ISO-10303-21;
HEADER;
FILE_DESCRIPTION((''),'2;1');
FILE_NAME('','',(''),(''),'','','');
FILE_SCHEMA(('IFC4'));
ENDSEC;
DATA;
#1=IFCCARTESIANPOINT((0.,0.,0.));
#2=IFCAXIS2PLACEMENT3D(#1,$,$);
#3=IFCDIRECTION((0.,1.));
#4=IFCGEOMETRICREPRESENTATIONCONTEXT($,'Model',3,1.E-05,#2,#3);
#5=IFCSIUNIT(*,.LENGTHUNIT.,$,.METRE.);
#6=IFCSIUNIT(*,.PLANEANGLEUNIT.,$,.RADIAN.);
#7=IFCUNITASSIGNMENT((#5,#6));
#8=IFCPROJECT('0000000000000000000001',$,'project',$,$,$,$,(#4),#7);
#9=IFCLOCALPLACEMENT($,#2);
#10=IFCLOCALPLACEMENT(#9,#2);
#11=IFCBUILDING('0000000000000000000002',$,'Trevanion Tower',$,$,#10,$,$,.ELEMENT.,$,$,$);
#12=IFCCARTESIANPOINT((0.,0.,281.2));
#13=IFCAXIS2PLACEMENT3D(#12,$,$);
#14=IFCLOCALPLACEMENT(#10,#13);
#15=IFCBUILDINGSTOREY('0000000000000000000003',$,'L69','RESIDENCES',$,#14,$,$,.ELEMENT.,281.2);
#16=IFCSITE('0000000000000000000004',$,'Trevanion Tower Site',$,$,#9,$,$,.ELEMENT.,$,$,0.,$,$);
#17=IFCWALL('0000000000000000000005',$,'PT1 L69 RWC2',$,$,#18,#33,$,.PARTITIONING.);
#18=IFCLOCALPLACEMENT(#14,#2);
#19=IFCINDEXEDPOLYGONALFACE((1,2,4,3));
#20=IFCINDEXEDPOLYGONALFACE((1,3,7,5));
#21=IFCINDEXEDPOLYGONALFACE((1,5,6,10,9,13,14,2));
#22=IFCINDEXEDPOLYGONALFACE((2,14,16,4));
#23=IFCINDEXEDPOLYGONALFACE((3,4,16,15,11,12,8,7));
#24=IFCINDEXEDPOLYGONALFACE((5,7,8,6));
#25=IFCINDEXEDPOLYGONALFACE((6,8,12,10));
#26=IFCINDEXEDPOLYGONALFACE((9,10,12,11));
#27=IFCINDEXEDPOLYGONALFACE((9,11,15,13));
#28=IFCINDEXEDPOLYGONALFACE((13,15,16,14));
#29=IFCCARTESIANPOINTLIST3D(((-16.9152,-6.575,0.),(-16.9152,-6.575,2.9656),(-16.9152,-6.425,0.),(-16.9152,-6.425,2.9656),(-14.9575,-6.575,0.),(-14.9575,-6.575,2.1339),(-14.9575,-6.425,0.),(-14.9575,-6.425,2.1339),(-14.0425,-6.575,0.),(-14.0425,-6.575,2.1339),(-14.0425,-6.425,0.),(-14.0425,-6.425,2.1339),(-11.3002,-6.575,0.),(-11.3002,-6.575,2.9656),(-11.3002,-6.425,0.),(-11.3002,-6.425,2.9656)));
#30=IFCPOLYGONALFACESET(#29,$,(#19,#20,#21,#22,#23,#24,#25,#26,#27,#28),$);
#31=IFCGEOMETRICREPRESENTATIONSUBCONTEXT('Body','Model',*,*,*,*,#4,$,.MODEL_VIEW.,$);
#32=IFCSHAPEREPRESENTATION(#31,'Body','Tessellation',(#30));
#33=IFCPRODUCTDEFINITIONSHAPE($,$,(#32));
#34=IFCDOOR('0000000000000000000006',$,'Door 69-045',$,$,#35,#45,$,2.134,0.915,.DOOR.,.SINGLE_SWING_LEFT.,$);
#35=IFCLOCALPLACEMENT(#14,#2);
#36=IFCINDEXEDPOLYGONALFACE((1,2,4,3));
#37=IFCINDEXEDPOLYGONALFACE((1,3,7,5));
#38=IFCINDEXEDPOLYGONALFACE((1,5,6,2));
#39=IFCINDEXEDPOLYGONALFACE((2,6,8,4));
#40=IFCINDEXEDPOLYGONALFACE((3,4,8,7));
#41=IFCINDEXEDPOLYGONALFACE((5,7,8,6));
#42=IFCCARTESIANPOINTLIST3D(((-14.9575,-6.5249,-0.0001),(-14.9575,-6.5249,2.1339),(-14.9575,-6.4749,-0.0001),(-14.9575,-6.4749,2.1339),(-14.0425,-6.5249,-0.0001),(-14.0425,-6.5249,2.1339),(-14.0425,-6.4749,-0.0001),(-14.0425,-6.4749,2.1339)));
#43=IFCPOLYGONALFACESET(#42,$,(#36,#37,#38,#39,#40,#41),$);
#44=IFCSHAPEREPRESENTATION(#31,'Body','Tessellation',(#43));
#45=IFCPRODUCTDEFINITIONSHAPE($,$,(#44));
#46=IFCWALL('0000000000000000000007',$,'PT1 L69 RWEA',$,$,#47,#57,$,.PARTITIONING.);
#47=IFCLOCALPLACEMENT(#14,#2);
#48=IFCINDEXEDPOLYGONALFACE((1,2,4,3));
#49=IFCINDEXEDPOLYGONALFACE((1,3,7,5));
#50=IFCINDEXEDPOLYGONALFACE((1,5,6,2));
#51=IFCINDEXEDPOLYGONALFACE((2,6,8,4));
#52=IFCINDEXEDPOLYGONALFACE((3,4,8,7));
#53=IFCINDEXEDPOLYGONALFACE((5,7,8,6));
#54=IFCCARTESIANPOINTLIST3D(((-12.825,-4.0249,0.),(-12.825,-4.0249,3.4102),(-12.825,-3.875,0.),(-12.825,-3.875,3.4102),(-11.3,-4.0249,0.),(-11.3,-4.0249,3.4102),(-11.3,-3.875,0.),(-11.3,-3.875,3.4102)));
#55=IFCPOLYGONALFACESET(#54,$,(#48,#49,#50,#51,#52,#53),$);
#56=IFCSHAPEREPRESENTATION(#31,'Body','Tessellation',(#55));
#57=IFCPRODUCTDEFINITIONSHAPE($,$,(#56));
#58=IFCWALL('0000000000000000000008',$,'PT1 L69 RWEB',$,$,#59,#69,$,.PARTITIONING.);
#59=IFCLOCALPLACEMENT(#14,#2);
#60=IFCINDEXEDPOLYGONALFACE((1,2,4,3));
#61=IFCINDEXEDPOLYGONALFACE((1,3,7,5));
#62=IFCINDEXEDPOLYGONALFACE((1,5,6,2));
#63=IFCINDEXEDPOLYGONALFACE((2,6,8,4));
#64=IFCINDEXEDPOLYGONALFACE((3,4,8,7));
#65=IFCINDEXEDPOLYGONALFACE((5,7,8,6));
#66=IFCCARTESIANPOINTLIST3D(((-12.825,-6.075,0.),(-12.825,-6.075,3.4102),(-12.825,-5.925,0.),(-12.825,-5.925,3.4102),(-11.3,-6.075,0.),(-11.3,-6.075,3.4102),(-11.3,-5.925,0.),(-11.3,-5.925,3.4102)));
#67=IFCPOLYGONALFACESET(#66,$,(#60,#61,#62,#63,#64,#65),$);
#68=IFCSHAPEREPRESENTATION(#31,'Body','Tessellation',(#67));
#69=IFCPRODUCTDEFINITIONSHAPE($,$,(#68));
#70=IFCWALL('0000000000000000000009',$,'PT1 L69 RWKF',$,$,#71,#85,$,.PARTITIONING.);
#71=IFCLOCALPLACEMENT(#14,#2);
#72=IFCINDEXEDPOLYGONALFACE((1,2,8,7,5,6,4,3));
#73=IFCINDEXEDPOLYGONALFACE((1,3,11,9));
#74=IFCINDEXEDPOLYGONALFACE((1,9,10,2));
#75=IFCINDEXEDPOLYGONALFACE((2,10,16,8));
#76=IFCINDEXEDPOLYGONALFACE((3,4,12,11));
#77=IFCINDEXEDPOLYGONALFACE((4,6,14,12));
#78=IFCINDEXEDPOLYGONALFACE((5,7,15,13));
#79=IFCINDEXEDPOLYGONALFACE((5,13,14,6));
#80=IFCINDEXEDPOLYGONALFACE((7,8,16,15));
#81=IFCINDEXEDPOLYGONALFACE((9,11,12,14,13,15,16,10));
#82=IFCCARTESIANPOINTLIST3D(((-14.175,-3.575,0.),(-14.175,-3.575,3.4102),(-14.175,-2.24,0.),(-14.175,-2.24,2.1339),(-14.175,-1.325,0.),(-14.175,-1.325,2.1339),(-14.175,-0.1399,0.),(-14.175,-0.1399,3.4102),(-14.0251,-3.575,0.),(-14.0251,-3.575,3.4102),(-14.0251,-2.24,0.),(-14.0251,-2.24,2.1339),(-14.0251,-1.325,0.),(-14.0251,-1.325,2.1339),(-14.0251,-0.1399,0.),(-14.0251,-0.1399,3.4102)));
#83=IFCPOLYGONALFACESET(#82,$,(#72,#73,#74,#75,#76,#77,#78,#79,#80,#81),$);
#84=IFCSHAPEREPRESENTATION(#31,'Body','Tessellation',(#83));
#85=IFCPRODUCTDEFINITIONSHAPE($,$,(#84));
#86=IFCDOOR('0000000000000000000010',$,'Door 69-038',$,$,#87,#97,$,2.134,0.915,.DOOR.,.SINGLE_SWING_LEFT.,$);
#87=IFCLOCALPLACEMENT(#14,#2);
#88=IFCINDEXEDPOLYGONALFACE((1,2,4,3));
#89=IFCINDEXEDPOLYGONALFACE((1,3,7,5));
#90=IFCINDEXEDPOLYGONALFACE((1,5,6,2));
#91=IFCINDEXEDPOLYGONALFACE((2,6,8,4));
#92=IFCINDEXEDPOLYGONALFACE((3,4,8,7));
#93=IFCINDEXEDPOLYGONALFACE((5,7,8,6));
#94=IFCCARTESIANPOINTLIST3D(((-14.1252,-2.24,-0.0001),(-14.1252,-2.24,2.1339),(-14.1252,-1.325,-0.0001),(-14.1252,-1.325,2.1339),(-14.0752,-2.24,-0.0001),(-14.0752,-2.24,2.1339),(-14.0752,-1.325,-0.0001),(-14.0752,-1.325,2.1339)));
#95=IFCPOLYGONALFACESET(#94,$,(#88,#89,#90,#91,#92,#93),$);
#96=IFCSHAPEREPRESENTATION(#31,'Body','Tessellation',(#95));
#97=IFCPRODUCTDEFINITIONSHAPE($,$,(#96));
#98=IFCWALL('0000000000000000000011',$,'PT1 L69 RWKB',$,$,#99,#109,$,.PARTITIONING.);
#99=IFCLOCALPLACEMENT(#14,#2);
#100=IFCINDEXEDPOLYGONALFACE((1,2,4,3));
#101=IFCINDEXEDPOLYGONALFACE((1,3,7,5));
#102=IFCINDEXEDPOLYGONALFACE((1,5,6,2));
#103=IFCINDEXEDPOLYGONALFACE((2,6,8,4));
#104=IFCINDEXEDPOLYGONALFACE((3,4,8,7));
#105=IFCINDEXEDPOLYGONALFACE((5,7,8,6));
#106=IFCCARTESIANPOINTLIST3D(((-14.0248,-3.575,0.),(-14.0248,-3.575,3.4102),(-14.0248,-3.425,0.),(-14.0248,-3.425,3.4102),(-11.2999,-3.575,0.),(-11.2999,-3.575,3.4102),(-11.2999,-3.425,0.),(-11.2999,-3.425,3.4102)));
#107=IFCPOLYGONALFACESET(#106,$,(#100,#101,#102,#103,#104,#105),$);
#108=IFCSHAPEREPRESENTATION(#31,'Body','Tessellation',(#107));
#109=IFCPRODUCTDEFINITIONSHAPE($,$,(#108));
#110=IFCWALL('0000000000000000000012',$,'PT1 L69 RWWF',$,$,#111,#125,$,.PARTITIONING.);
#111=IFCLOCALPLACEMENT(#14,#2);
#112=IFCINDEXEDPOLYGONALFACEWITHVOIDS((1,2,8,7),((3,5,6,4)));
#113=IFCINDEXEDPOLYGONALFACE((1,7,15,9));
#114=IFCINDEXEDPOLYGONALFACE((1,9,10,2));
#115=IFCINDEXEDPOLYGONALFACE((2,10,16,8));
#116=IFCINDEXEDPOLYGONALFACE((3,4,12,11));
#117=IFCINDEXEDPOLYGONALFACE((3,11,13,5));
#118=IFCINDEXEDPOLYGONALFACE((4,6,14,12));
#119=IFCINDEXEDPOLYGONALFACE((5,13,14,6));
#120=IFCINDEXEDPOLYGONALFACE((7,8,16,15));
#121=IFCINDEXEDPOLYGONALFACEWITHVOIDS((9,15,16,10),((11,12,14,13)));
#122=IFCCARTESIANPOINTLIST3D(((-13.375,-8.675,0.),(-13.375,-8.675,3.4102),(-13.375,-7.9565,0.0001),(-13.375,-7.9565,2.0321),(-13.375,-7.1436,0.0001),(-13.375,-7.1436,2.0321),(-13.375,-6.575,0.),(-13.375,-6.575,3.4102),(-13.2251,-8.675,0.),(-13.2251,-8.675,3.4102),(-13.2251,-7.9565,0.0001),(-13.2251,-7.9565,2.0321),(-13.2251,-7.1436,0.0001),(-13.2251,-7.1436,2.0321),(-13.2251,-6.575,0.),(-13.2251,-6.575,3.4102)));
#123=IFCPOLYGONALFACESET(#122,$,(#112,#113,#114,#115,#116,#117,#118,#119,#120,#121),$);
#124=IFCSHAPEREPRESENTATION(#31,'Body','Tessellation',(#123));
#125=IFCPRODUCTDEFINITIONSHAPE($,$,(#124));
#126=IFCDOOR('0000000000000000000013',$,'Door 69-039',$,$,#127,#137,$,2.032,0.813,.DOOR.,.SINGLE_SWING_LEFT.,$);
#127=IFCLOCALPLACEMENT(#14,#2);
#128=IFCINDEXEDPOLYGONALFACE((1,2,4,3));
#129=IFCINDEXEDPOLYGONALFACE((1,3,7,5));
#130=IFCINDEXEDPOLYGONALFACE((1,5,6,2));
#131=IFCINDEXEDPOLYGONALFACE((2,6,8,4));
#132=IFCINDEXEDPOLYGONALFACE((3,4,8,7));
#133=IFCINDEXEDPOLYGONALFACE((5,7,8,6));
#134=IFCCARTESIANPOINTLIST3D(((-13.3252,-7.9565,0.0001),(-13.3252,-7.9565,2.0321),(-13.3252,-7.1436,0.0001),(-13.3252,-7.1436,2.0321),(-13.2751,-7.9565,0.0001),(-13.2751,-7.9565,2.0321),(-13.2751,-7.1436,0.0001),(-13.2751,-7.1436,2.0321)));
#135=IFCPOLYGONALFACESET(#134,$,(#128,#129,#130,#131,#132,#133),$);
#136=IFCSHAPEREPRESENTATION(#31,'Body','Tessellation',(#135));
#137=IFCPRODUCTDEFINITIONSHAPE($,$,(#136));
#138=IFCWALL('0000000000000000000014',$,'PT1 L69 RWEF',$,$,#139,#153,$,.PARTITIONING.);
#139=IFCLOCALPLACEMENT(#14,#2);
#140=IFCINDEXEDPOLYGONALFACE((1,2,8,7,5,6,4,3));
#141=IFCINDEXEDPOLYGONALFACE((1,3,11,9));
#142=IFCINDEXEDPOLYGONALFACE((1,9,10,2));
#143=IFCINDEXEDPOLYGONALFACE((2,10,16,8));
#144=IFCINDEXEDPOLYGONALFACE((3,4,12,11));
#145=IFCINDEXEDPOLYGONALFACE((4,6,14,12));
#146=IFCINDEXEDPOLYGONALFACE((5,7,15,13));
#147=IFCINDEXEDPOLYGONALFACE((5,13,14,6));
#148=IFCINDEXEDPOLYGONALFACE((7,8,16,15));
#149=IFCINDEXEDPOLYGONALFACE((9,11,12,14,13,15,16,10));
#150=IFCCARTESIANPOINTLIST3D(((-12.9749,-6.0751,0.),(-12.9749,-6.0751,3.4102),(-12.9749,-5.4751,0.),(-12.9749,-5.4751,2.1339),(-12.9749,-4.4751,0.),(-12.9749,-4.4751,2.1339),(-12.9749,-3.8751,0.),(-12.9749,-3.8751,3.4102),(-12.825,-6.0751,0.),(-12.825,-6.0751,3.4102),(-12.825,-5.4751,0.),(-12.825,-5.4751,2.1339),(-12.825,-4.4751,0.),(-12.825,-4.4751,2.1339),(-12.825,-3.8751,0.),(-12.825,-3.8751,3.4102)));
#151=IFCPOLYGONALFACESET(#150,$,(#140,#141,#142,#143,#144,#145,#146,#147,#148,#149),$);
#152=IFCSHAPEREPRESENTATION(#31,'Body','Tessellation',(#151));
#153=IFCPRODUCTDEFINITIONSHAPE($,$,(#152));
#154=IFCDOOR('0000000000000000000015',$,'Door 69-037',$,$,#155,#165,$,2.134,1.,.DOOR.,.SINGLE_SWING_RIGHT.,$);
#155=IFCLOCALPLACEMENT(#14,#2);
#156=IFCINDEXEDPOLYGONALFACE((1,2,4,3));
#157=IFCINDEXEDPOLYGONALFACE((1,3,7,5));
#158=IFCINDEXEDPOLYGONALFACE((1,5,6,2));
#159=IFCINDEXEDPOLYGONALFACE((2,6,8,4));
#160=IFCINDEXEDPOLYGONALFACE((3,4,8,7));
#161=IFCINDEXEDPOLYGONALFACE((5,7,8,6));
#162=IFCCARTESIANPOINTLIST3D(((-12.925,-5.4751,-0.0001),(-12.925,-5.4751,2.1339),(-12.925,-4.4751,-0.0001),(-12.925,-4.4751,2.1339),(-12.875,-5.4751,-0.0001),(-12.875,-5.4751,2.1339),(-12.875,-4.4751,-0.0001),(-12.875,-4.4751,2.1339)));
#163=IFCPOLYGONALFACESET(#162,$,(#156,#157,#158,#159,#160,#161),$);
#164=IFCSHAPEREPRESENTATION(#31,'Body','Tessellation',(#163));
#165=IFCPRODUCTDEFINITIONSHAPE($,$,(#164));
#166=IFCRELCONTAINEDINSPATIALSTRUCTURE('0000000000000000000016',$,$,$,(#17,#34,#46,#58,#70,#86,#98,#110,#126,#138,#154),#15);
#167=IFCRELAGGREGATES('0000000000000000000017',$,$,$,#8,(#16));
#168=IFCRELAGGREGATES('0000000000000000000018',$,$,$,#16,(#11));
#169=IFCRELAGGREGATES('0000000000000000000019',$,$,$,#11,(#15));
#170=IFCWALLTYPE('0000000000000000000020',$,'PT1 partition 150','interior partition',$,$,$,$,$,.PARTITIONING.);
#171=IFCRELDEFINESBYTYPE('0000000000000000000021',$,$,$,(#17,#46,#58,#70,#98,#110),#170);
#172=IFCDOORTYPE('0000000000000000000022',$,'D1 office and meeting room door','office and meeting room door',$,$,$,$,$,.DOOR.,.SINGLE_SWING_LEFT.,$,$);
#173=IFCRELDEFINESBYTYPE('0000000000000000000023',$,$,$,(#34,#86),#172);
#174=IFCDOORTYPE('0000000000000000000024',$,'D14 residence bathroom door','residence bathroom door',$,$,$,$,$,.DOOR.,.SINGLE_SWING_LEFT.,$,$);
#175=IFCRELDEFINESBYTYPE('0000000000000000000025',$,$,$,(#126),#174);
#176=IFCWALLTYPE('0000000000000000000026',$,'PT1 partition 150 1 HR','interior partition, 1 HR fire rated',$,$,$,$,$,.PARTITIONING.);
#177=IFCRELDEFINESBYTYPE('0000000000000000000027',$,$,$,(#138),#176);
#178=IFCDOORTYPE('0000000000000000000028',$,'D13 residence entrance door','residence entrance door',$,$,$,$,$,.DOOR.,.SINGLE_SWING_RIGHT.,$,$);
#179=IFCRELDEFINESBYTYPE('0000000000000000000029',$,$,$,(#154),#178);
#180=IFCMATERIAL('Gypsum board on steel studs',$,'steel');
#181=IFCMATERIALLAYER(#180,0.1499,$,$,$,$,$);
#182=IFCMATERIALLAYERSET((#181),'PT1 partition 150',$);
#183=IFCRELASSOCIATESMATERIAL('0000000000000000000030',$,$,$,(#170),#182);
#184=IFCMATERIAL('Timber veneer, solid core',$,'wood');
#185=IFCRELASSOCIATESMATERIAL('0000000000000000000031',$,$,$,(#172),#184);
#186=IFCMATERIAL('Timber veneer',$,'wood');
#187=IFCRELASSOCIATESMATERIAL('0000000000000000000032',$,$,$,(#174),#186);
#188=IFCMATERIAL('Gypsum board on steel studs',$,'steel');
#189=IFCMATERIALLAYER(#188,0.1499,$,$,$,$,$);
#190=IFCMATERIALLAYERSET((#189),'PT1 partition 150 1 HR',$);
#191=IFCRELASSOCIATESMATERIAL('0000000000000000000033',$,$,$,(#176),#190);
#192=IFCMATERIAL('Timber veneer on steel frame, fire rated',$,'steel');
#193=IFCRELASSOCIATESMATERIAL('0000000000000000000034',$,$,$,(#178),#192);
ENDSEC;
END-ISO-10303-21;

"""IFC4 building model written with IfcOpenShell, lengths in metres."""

from ifc_helpers import new_model, si_unit, direction, frame, frame_2d, origin, place, context, subcontext, project, spatial, rectangle, extrude, material, layer, layer_set, type_object, element, fill, save


model = new_model("IFC4")

# Units and contexts
model_context = context("Model", 3, precision=1e-05, world=origin(), true_north=direction((0.0, 1.0)))
body_context = subcontext(model_context, "Body", "Model", "MODEL_VIEW")
ifc_project = project(units=[si_unit("LENGTHUNIT", "METRE"), si_unit("PLANEANGLEUNIT", "RADIAN")], contexts=[model_context])

# Site, building, storey
site_placement = place(None, origin())
site = spatial("IfcSite", under=ifc_project, at=site_placement, Name="Trevanion Tower Site", CompositionType="ELEMENT", RefElevation=0.0)
building_placement = place(site_placement, origin())
building = spatial("IfcBuilding", under=site, at=building_placement, Name="Trevanion Tower", CompositionType="ELEMENT")
storey_placement = place(building_placement, frame((0.0, 0.0, 281.2)))
storey = spatial("IfcBuildingStorey", under=building, at=storey_placement, Name="L69", Description="RESIDENCES", CompositionType="ELEMENT", Elevation=281.2)

# Shared definitions
ifc_material_1 = material(Name="Gypsum board on steel studs", Category="steel")
ifc_layer_1 = layer(ifc_material_1, 0.1499)
ifc_layer_set_1 = layer_set([ifc_layer_1], Name="PT1 partition 150")
wall_type_1 = type_object("IfcWallType", Name="PT1 partition 150", Description="interior partition", PredefinedType="PARTITIONING", material=ifc_layer_set_1)
ifc_material_2 = material(Name="Timber veneer, solid core", Category="wood")
door_type_1 = type_object("IfcDoorType", Name="D1 office and meeting room door", Description="office and meeting room door", OperationType="SINGLE_SWING_LEFT", PredefinedType="DOOR", material=ifc_material_2)

# Wall, opening, door
wall_1_placement = place(storey_placement, frame((-11.3, -6.5, 0.0), z_axis=(0.0, 0.0, 1.0), x_axis=(-1.0, 0.0, 0.0)))
wall_1 = element("IfcWall", 1, at=wall_1_placement, inside=storey, type_object=wall_type_1, Name="PT1 L69 RWC2", PredefinedType="PARTITIONING", context=body_context, shape_type="SweptSolid", body=[
    extrude(rectangle(XDim=5.615, YDim=0.1499, at=frame_2d((2.8076, 0.0))), origin(), (0.0, 0.0, 1.0), 2.9656),
])
opening_1_placement = place(wall_1_placement, frame((2.7424, 0.0, 0.0)))
opening_1 = element("IfcOpeningElement", 2, at=opening_1_placement, cuts=wall_1, PredefinedType="OPENING", context=body_context, shape_type="SweptSolid", body=[
    extrude(rectangle(XDim=0.915, YDim=2.134, at=frame_2d((0.4575, 1.0669))), frame((0.0, 0.085, 0.0), z_axis=(0.0, -1.0, 0.0), x_axis=(1.0, 0.0, 0.0)), (0.0, 0.0, 1.0), 0.1699),
])
door_1_placement = place(opening_1_placement, origin())
door_1 = element("IfcDoor", 3, at=door_1_placement, inside=storey, type_object=door_type_1, Name="Door 69-045", OperationType="SINGLE_SWING_LEFT", OverallHeight=2.134, OverallWidth=0.915, PredefinedType="DOOR", context=body_context, shape_type="SweptSolid", body=[
    extrude(rectangle(XDim=0.915, YDim=2.134, at=frame_2d((0.4575, 1.0669))), frame((0.0, 0.0249, 0.0), z_axis=(0.0, -1.0, 0.0), x_axis=(1.0, 0.0, 0.0)), (0.0, 0.0, 1.0), 0.05),
])
fill(opening_1, door_1)

# Walls
for number, where, z_axis, x_axis, name in (
    (4, (-11.3, -3.95, 0.0), (0.0, 0.0, 1.0), (-1.0, 0.0, 0.0), "PT1 L69 RWEA"),
    (5, (-11.3, -6.0, 0.0), (0.0, 0.0, 1.0), (-1.0, 0.0, 0.0), "PT1 L69 RWEB"),
):
    element("IfcWall", number, at=place(storey_placement, frame(where, z_axis=z_axis, x_axis=x_axis)), inside=storey, type_object=wall_type_1, Name=name, PredefinedType="PARTITIONING", context=body_context, shape_type="SweptSolid", body=[
        extrude(rectangle(XDim=1.5249, YDim=0.1499, at=frame_2d((0.7625, 0.0))), origin(), (0.0, 0.0, 1.0), 3.4102),
    ])

# Wall, opening, door
wall_2_placement = place(storey_placement, frame((-14.1001, -0.1399, 0.0), z_axis=(0.0, 0.0, 1.0), x_axis=(0.0, -1.0, 0.0)))
wall_2 = element("IfcWall", 6, at=wall_2_placement, inside=storey, type_object=wall_type_1, Name="PT1 L69 RWKF", PredefinedType="PARTITIONING", context=body_context, shape_type="SweptSolid", body=[
    extrude(rectangle(XDim=3.4351, YDim=0.1499, at=frame_2d((1.7175, 0.0))), origin(), (0.0, 0.0, 1.0), 3.4102),
])
opening_2_placement = place(wall_2_placement, frame((1.1851, 0.0, 0.0)))
opening_2 = element("IfcOpeningElement", 7, at=opening_2_placement, cuts=wall_2, PredefinedType="OPENING", context=body_context, shape_type="SweptSolid", body=[
    extrude(rectangle(XDim=0.915, YDim=2.134, at=frame_2d((0.4575, 1.0669))), frame((0.0, 0.085, 0.0), z_axis=(0.0, -1.0, 0.0), x_axis=(1.0, 0.0, 0.0)), (0.0, 0.0, 1.0), 0.1699),
])
door_2_placement = place(opening_2_placement, origin())
door_2 = element("IfcDoor", 8, at=door_2_placement, inside=storey, type_object=door_type_1, Name="Door 69-038", OperationType="SINGLE_SWING_LEFT", OverallHeight=2.134, OverallWidth=0.915, PredefinedType="DOOR", context=body_context, shape_type="SweptSolid", body=[
    extrude(rectangle(XDim=0.915, YDim=2.134, at=frame_2d((0.4575, 1.0669))), frame((0.0, 0.0249, 0.0), z_axis=(0.0, -1.0, 0.0), x_axis=(1.0, 0.0, 0.0)), (0.0, 0.0, 1.0), 0.05),
])
fill(opening_2, door_2)

# Wall
wall_3_placement = place(storey_placement, frame((-11.3, -3.5, 0.0), z_axis=(0.0, 0.0, 1.0), x_axis=(-1.0, 0.0, 0.0)))
element("IfcWall", 9, at=wall_3_placement, inside=storey, type_object=wall_type_1, Name="PT1 L69 RWKB", PredefinedType="PARTITIONING", context=body_context, shape_type="SweptSolid", body=[
    extrude(rectangle(XDim=2.7249, YDim=0.1499, at=frame_2d((1.3623, 0.0))), origin(), (0.0, 0.0, 1.0), 3.4102),
])

# Walls, openings, doors
wall_4_placement = place(storey_placement, frame((-13.3, -6.575, 0.0), z_axis=(0.0, 0.0, 1.0), x_axis=(0.0, -1.0, 0.0)))
wall_4 = element("IfcWall", 10, at=wall_4_placement, inside=storey, type_object=wall_type_1, Name="PT1 L69 RWWF", PredefinedType="PARTITIONING", context=body_context, shape_type="SweptSolid", body=[
    extrude(rectangle(XDim=2.1001, YDim=0.1499, at=frame_2d((1.05, 0.0))), origin(), (0.0, 0.0, 1.0), 3.4102),
])
opening_3_placement = place(wall_4_placement, frame((0.5686, 0.0, 0.0)))
opening_3 = element("IfcOpeningElement", 11, at=opening_3_placement, cuts=wall_4, PredefinedType="OPENING", context=body_context, shape_type="SweptSolid", body=[
    extrude(rectangle(XDim=0.813, YDim=2.032, at=frame_2d((0.4065, 1.0161))), frame((0.0, 0.085, 0.0), z_axis=(0.0, -1.0, 0.0), x_axis=(1.0, 0.0, 0.0)), (0.0, 0.0, 1.0), 0.1699),
])
ifc_material_3 = material(Name="Timber veneer", Category="wood")
door_type_2 = type_object("IfcDoorType", Name="D14 residence bathroom door", Description="residence bathroom door", OperationType="SINGLE_SWING_LEFT", PredefinedType="DOOR", material=ifc_material_3)
door_3_placement = place(opening_3_placement, origin())
door_3 = element("IfcDoor", 12, at=door_3_placement, inside=storey, type_object=door_type_2, Name="Door 69-039", OperationType="SINGLE_SWING_LEFT", OverallHeight=2.032, OverallWidth=0.813, PredefinedType="DOOR", context=body_context, shape_type="SweptSolid", body=[
    extrude(rectangle(XDim=0.813, YDim=2.032, at=frame_2d((0.4065, 1.0161))), frame((0.0, 0.0249, 0.0), z_axis=(0.0, -1.0, 0.0), x_axis=(1.0, 0.0, 0.0)), (0.0, 0.0, 1.0), 0.05),
])
fill(opening_3, door_3)
ifc_material_4 = material(Name="Gypsum board on steel studs", Category="steel")
ifc_layer_2 = layer(ifc_material_4, 0.1499)
ifc_layer_set_2 = layer_set([ifc_layer_2], Name="PT1 partition 150 1 HR")
wall_type_2 = type_object("IfcWallType", Name="PT1 partition 150 1 HR", Description="interior partition, 1 HR fire rated", PredefinedType="PARTITIONING", material=ifc_layer_set_2)
wall_5_placement = place(storey_placement, frame((-12.8999, -3.875, 0.0), z_axis=(0.0, 0.0, 1.0), x_axis=(0.0, -1.0, 0.0)))
wall_5 = element("IfcWall", 13, at=wall_5_placement, inside=storey, type_object=wall_type_2, Name="PT1 L69 RWEF", PredefinedType="PARTITIONING", context=body_context, shape_type="SweptSolid", body=[
    extrude(rectangle(XDim=2.2, YDim=0.1499, at=frame_2d((1.1001, 0.0))), origin(), (0.0, 0.0, 1.0), 3.4102),
])
opening_4_placement = place(wall_5_placement, frame((0.6001, 0.0, 0.0)))
opening_4 = element("IfcOpeningElement", 14, at=opening_4_placement, cuts=wall_5, PredefinedType="OPENING", context=body_context, shape_type="SweptSolid", body=[
    extrude(rectangle(XDim=1.0, YDim=2.134, at=frame_2d((0.5, 1.0669))), frame((0.0, 0.085, 0.0), z_axis=(0.0, -1.0, 0.0), x_axis=(1.0, 0.0, 0.0)), (0.0, 0.0, 1.0), 0.1699),
])
ifc_material_5 = material(Name="Timber veneer on steel frame, fire rated", Category="steel")
door_type_3 = type_object("IfcDoorType", Name="D13 residence entrance door", Description="residence entrance door", OperationType="SINGLE_SWING_RIGHT", PredefinedType="DOOR", material=ifc_material_5)
door_4_placement = place(opening_4_placement, origin())
door_4 = element("IfcDoor", 15, at=door_4_placement, inside=storey, type_object=door_type_3, Name="Door 69-037", OperationType="SINGLE_SWING_RIGHT", OverallHeight=2.134, OverallWidth=1.0, PredefinedType="DOOR", context=body_context, shape_type="SweptSolid", body=[
    extrude(rectangle(XDim=1.0, YDim=2.134, at=frame_2d((0.5, 1.0669))), frame((0.0, 0.0249, 0.0), z_axis=(0.0, -1.0, 0.0), x_axis=(1.0, 0.0, 0.0)), (0.0, 0.0, 1.0), 0.05),
])
fill(opening_4, door_4)

save(model, "model.ifc")
